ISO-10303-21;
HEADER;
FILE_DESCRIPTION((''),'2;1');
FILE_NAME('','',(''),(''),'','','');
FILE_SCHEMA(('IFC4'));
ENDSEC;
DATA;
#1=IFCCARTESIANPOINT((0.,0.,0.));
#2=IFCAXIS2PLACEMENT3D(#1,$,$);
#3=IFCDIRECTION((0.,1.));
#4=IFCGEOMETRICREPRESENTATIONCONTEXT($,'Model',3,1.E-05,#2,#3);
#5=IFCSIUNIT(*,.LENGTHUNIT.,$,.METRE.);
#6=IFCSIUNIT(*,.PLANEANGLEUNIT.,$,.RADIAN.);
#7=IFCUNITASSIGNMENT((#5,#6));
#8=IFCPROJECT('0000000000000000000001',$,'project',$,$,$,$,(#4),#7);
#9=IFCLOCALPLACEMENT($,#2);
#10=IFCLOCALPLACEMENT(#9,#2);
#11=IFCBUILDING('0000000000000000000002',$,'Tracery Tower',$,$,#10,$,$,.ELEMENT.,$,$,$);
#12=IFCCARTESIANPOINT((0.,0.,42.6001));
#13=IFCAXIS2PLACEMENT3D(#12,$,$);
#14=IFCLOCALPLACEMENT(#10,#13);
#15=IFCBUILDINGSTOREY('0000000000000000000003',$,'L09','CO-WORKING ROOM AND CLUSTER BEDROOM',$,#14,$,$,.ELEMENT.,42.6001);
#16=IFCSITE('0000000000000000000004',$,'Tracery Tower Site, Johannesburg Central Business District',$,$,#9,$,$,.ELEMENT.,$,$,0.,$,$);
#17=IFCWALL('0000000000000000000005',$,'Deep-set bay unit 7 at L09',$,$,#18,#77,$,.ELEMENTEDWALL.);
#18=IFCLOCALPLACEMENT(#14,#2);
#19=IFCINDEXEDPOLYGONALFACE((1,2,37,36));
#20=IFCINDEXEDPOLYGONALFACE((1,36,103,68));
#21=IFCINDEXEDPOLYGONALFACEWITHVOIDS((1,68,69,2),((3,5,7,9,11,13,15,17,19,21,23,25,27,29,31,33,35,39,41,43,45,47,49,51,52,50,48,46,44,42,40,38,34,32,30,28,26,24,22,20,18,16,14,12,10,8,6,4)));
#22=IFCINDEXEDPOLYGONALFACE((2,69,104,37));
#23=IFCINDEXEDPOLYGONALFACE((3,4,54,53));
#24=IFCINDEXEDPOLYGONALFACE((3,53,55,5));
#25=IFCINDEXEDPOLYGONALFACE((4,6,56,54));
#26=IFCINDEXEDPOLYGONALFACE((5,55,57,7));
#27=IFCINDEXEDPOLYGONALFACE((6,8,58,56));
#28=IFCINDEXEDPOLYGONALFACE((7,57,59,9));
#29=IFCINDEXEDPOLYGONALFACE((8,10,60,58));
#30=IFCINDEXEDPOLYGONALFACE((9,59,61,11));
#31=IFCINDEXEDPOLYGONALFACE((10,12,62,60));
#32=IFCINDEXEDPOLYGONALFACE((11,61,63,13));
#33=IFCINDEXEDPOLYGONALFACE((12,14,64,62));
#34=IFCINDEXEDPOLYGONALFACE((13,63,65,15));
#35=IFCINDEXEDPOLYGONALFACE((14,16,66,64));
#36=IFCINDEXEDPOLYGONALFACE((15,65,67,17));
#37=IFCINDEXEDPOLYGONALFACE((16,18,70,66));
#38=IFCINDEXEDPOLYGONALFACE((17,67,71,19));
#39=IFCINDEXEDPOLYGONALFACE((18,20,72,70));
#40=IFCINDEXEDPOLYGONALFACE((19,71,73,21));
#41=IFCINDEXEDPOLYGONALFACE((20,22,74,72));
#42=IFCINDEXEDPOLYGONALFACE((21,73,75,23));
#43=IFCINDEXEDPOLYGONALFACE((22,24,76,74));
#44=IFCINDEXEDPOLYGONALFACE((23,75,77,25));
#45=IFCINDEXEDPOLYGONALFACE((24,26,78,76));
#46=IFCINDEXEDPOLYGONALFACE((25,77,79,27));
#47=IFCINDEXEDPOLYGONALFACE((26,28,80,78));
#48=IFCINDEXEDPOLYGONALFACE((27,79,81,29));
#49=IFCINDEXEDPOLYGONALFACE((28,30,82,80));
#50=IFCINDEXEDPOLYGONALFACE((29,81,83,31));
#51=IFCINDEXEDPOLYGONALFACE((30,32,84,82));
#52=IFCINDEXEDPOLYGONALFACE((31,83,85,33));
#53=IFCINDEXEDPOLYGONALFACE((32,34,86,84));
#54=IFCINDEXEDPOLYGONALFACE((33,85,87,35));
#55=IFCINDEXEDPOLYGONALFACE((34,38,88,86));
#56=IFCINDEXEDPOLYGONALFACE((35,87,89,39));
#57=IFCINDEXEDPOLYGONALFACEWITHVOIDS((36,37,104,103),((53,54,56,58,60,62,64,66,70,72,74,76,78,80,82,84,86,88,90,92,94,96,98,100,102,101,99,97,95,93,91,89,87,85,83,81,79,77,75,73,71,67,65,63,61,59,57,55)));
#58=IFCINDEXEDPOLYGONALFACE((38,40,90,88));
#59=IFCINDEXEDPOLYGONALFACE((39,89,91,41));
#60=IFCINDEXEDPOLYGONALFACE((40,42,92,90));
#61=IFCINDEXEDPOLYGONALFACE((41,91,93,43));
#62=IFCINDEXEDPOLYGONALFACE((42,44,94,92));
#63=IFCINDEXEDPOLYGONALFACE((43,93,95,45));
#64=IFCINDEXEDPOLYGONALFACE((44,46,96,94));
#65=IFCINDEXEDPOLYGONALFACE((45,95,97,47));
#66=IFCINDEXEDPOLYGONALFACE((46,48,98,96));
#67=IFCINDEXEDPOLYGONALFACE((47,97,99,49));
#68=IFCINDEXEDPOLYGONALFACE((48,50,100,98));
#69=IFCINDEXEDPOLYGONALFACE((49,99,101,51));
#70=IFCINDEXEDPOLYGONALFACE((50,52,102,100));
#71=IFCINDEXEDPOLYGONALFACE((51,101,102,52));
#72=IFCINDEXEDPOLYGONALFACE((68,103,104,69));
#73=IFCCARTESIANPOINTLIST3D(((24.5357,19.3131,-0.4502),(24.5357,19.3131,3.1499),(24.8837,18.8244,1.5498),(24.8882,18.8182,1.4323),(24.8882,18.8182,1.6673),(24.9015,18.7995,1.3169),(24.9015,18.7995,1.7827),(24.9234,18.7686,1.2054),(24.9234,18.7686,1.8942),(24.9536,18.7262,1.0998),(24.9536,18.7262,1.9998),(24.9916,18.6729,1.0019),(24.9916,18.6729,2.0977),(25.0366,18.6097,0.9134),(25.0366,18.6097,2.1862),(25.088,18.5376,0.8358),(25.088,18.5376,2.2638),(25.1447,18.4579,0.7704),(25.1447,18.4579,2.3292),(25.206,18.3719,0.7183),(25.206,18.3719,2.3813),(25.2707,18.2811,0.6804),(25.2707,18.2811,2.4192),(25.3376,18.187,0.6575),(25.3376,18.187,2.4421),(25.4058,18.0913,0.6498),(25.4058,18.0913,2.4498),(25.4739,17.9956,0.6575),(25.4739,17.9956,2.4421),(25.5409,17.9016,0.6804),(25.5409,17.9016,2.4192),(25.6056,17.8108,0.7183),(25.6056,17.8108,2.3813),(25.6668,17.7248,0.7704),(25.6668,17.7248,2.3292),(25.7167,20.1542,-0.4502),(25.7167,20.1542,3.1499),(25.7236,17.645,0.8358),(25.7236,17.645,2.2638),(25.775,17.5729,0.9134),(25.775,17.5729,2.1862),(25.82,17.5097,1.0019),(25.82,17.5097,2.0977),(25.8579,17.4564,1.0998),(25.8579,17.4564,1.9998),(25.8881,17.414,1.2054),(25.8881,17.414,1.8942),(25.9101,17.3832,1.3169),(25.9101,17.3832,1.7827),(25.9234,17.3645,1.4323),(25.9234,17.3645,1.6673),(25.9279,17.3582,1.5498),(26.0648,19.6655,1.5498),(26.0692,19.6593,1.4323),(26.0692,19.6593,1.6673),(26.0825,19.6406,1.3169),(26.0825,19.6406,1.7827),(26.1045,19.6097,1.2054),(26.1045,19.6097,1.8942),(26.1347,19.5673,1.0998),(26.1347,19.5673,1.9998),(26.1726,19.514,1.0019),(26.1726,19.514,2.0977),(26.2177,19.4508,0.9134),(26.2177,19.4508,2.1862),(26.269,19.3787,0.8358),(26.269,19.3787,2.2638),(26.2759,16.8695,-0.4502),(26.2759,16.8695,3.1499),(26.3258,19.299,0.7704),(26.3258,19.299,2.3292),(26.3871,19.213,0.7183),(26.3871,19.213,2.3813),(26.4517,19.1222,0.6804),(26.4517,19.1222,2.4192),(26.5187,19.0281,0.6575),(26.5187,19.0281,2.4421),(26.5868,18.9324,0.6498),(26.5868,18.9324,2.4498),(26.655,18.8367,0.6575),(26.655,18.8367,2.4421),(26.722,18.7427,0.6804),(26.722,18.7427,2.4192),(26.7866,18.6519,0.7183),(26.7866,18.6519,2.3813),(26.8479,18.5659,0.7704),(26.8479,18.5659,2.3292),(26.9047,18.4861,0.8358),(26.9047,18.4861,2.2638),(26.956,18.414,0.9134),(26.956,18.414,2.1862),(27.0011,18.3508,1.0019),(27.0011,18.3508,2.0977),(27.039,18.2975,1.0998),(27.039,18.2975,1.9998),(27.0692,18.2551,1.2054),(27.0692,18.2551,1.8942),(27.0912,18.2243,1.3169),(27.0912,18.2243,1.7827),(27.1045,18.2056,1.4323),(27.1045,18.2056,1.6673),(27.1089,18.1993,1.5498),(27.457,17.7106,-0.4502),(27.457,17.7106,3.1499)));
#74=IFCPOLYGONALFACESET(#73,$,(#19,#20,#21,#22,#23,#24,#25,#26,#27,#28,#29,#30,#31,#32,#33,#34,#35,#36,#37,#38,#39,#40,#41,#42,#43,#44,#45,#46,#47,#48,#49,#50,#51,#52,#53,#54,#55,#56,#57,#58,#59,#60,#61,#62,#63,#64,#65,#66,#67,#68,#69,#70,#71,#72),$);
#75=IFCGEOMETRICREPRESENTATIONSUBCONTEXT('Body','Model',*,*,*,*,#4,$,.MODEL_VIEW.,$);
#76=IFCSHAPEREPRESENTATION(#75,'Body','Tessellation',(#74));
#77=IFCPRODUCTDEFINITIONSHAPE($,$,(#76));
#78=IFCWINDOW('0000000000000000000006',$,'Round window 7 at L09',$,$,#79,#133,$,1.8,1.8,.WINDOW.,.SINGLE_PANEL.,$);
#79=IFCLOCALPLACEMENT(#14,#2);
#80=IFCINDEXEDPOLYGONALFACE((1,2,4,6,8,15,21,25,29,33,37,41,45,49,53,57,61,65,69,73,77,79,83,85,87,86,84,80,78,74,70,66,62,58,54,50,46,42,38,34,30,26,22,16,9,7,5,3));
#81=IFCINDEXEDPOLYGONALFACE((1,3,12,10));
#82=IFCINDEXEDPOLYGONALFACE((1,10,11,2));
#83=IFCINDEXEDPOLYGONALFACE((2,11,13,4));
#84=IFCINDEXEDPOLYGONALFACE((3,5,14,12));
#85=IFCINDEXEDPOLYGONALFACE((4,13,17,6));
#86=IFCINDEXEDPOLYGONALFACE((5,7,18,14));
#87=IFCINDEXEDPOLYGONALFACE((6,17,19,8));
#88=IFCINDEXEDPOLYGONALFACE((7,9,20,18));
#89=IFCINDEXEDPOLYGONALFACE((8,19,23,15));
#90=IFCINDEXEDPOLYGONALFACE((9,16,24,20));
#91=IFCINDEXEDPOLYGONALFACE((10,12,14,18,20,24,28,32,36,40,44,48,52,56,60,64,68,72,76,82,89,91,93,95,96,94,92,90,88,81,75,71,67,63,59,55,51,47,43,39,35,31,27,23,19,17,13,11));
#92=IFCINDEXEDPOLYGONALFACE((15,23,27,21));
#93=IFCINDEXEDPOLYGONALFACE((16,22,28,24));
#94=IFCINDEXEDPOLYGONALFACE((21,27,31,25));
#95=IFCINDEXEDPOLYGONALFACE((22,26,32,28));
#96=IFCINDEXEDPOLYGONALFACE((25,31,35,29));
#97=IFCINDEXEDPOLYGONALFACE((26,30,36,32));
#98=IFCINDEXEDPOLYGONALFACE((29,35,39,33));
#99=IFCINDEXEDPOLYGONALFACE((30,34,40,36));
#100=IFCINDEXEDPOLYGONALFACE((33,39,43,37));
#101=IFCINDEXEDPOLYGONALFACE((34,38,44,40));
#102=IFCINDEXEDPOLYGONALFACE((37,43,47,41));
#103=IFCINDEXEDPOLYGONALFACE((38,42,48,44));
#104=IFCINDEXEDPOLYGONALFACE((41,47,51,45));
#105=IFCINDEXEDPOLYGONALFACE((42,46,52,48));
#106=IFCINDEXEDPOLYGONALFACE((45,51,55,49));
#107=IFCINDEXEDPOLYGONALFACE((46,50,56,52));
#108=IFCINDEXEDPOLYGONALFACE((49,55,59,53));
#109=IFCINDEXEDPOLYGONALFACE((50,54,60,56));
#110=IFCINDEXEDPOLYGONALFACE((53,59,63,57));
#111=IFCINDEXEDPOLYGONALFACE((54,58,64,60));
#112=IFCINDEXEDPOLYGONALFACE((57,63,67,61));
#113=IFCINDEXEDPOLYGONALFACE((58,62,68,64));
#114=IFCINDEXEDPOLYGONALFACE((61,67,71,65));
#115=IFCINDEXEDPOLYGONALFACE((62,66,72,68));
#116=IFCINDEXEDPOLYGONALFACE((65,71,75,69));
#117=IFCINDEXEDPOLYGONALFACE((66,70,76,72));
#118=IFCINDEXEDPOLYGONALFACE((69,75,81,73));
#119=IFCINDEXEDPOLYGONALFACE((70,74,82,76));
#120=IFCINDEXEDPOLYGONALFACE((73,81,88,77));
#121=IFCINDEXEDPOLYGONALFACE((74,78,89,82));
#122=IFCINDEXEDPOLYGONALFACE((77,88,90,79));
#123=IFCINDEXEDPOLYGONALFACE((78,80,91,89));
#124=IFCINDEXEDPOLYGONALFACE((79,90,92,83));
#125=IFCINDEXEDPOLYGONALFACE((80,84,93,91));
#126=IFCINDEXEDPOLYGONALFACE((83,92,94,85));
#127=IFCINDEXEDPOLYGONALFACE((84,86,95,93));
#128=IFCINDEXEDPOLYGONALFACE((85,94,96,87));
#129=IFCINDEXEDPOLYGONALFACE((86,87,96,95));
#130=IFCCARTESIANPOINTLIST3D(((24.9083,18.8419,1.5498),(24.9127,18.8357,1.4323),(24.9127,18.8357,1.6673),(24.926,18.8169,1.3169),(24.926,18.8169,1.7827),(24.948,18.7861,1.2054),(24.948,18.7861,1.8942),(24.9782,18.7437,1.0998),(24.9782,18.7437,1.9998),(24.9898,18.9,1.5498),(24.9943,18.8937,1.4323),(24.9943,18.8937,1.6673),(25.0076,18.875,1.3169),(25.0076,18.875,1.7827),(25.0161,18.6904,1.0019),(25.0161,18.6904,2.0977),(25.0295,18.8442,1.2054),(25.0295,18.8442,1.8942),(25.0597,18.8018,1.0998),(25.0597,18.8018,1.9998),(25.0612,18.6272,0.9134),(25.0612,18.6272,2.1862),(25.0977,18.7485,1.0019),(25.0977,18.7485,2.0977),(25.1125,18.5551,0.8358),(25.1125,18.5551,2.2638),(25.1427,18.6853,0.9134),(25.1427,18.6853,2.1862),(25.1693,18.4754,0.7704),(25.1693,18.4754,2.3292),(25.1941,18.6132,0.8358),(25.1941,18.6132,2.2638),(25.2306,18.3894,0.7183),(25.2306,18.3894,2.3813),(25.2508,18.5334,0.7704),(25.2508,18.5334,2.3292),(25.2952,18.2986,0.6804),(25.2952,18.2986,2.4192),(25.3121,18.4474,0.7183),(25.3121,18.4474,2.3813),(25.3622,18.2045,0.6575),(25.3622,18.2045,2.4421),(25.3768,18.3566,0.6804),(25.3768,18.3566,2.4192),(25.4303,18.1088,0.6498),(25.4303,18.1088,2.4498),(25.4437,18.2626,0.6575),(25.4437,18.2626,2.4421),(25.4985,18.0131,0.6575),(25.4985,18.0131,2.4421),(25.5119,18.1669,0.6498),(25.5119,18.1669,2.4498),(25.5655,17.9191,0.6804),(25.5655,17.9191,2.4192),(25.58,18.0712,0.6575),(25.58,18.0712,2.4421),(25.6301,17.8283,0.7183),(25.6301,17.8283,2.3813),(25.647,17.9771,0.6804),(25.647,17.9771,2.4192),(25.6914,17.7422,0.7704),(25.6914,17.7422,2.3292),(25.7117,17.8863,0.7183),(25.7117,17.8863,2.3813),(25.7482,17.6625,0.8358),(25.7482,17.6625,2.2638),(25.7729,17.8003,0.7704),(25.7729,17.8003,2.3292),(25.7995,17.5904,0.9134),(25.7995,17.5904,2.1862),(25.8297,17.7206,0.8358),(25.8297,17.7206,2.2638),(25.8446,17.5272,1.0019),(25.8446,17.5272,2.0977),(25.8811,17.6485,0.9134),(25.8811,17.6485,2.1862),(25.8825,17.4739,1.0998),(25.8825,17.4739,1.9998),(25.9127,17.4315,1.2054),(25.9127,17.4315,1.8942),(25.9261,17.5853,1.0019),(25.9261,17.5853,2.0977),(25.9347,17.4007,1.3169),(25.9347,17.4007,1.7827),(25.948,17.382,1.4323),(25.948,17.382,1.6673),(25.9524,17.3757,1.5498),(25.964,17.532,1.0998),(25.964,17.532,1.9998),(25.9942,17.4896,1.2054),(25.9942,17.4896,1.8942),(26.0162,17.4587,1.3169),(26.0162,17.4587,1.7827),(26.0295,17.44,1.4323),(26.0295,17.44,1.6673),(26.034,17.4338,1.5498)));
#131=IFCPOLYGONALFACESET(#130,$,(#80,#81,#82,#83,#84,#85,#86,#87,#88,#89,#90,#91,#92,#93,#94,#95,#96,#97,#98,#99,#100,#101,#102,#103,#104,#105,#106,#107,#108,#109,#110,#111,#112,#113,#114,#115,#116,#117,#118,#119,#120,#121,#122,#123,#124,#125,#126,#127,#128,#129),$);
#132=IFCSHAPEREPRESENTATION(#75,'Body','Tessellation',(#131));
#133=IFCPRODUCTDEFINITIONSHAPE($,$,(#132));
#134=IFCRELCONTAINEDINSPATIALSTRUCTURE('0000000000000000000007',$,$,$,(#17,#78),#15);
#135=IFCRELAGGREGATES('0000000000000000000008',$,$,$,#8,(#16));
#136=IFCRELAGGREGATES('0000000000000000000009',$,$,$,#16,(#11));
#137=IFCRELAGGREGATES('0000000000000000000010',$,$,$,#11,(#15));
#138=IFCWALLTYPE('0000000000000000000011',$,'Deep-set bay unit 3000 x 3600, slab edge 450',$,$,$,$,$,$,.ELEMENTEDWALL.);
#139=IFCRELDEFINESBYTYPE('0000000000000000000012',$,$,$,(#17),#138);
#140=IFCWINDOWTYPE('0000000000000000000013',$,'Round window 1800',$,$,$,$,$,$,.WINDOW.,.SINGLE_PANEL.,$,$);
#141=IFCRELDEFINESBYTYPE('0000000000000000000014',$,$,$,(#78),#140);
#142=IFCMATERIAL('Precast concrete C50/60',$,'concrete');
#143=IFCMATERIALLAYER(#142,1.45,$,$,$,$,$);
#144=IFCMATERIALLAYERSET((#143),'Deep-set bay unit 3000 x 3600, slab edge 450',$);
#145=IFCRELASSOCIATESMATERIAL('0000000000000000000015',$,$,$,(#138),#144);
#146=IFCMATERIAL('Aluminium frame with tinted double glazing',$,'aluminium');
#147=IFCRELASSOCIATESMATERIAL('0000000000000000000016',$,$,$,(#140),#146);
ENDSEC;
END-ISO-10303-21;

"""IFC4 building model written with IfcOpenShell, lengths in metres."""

from ifc_helpers import new_model, si_unit, direction, frame, frame_2d, origin, origin_2d, place, context, subcontext, project, spatial, rectangle, circle, extrude, material, layer, layer_set, type_object, element, fill, save


model = new_model("IFC4")

# Units and contexts
model_context = context("Model", 3, precision=1e-05, world=origin(), true_north=direction((0.0, 1.0)))
body_context = subcontext(model_context, "Body", "Model", "MODEL_VIEW")
ifc_project = project(units=[si_unit("LENGTHUNIT", "METRE"), si_unit("PLANEANGLEUNIT", "RADIAN")], contexts=[model_context])

# Site, building, storey
site_placement = place(None, origin())
site = spatial("IfcSite", under=ifc_project, at=site_placement, Name="Tracery Tower Site, Johannesburg Central Business District", CompositionType="ELEMENT", RefElevation=0.0)
building_placement = place(site_placement, origin())
building = spatial("IfcBuilding", under=site, at=building_placement, Name="Tracery Tower", CompositionType="ELEMENT")
storey_placement = place(building_placement, frame((0.0, 0.0, 42.6001)))
storey = spatial("IfcBuildingStorey", under=building, at=storey_placement, Name="L09", Description="CO-WORKING ROOM AND CLUSTER BEDROOM", CompositionType="ELEMENT", Elevation=42.6001)

# Wall, opening, window
ifc_material_1 = material(Name="Precast concrete C50/60", Category="concrete")
ifc_layer_1 = layer(ifc_material_1, 1.45)
ifc_layer_set_1 = layer_set([ifc_layer_1], Name="Deep-set bay unit 3000 x 3600, slab edge 450")
wall_type_1 = type_object("IfcWallType", Name="Deep-set bay unit 3000 x 3600, slab edge 450", PredefinedType="ELEMENTEDWALL", material=ifc_layer_set_1)
wall_1_placement = place(storey_placement, frame((26.8665, 17.29, -0.4502), z_axis=(0.0, 0.0, 1.0), x_axis=(-0.580091, 0.814552, 0.0)))
wall_1 = element("IfcWall", 1, at=wall_1_placement, inside=storey, type_object=wall_type_1, Name="Deep-set bay unit 7 at L09", PredefinedType="ELEMENTEDWALL", context=body_context, shape_type="SweptSolid", body=[
    extrude(rectangle(XDim=3.0, YDim=1.45, at=frame_2d((1.5, 0.0))), origin(), (0.0, 0.0, 1.0), 3.6001),
])
opening_1_placement = place(wall_1_placement, frame((1.5, 0.0, 2.0)))
opening_1 = element("IfcOpeningElement", 2, at=opening_1_placement, cuts=wall_1, PredefinedType="OPENING", context=body_context, shape_type="SweptSolid", body=[
    extrude(circle(Radius=0.9, at=origin_2d()), frame((0.0, 0.7349, 0.0), z_axis=(0.0, -1.0, 0.0), x_axis=(1.0, 0.0, 0.0)), (0.0, 0.0, 1.0), 1.47),
])
ifc_material_2 = material(Name="Aluminium frame with tinted double glazing", Category="aluminium")
window_type = type_object("IfcWindowType", Name="Round window 1800", PartitioningType="SINGLE_PANEL", PredefinedType="WINDOW", material=ifc_material_2)
window_1_placement = place(opening_1_placement, origin())
window_1 = element("IfcWindow", 3, at=window_1_placement, inside=storey, type_object=window_type, Name="Round window 7 at L09", OverallHeight=1.8, OverallWidth=1.8, PartitioningType="SINGLE_PANEL", PredefinedType="WINDOW", context=body_context, shape_type="SweptSolid", body=[
    extrude(circle(Radius=0.9, at=origin_2d()), frame((0.0, 0.6948, 0.0), z_axis=(0.0, -1.0, 0.0), x_axis=(1.0, 0.0, 0.0)), (0.0, 0.0, 1.0), 0.1001),
])
fill(opening_1, window_1)

save(model, "model.ifc")
